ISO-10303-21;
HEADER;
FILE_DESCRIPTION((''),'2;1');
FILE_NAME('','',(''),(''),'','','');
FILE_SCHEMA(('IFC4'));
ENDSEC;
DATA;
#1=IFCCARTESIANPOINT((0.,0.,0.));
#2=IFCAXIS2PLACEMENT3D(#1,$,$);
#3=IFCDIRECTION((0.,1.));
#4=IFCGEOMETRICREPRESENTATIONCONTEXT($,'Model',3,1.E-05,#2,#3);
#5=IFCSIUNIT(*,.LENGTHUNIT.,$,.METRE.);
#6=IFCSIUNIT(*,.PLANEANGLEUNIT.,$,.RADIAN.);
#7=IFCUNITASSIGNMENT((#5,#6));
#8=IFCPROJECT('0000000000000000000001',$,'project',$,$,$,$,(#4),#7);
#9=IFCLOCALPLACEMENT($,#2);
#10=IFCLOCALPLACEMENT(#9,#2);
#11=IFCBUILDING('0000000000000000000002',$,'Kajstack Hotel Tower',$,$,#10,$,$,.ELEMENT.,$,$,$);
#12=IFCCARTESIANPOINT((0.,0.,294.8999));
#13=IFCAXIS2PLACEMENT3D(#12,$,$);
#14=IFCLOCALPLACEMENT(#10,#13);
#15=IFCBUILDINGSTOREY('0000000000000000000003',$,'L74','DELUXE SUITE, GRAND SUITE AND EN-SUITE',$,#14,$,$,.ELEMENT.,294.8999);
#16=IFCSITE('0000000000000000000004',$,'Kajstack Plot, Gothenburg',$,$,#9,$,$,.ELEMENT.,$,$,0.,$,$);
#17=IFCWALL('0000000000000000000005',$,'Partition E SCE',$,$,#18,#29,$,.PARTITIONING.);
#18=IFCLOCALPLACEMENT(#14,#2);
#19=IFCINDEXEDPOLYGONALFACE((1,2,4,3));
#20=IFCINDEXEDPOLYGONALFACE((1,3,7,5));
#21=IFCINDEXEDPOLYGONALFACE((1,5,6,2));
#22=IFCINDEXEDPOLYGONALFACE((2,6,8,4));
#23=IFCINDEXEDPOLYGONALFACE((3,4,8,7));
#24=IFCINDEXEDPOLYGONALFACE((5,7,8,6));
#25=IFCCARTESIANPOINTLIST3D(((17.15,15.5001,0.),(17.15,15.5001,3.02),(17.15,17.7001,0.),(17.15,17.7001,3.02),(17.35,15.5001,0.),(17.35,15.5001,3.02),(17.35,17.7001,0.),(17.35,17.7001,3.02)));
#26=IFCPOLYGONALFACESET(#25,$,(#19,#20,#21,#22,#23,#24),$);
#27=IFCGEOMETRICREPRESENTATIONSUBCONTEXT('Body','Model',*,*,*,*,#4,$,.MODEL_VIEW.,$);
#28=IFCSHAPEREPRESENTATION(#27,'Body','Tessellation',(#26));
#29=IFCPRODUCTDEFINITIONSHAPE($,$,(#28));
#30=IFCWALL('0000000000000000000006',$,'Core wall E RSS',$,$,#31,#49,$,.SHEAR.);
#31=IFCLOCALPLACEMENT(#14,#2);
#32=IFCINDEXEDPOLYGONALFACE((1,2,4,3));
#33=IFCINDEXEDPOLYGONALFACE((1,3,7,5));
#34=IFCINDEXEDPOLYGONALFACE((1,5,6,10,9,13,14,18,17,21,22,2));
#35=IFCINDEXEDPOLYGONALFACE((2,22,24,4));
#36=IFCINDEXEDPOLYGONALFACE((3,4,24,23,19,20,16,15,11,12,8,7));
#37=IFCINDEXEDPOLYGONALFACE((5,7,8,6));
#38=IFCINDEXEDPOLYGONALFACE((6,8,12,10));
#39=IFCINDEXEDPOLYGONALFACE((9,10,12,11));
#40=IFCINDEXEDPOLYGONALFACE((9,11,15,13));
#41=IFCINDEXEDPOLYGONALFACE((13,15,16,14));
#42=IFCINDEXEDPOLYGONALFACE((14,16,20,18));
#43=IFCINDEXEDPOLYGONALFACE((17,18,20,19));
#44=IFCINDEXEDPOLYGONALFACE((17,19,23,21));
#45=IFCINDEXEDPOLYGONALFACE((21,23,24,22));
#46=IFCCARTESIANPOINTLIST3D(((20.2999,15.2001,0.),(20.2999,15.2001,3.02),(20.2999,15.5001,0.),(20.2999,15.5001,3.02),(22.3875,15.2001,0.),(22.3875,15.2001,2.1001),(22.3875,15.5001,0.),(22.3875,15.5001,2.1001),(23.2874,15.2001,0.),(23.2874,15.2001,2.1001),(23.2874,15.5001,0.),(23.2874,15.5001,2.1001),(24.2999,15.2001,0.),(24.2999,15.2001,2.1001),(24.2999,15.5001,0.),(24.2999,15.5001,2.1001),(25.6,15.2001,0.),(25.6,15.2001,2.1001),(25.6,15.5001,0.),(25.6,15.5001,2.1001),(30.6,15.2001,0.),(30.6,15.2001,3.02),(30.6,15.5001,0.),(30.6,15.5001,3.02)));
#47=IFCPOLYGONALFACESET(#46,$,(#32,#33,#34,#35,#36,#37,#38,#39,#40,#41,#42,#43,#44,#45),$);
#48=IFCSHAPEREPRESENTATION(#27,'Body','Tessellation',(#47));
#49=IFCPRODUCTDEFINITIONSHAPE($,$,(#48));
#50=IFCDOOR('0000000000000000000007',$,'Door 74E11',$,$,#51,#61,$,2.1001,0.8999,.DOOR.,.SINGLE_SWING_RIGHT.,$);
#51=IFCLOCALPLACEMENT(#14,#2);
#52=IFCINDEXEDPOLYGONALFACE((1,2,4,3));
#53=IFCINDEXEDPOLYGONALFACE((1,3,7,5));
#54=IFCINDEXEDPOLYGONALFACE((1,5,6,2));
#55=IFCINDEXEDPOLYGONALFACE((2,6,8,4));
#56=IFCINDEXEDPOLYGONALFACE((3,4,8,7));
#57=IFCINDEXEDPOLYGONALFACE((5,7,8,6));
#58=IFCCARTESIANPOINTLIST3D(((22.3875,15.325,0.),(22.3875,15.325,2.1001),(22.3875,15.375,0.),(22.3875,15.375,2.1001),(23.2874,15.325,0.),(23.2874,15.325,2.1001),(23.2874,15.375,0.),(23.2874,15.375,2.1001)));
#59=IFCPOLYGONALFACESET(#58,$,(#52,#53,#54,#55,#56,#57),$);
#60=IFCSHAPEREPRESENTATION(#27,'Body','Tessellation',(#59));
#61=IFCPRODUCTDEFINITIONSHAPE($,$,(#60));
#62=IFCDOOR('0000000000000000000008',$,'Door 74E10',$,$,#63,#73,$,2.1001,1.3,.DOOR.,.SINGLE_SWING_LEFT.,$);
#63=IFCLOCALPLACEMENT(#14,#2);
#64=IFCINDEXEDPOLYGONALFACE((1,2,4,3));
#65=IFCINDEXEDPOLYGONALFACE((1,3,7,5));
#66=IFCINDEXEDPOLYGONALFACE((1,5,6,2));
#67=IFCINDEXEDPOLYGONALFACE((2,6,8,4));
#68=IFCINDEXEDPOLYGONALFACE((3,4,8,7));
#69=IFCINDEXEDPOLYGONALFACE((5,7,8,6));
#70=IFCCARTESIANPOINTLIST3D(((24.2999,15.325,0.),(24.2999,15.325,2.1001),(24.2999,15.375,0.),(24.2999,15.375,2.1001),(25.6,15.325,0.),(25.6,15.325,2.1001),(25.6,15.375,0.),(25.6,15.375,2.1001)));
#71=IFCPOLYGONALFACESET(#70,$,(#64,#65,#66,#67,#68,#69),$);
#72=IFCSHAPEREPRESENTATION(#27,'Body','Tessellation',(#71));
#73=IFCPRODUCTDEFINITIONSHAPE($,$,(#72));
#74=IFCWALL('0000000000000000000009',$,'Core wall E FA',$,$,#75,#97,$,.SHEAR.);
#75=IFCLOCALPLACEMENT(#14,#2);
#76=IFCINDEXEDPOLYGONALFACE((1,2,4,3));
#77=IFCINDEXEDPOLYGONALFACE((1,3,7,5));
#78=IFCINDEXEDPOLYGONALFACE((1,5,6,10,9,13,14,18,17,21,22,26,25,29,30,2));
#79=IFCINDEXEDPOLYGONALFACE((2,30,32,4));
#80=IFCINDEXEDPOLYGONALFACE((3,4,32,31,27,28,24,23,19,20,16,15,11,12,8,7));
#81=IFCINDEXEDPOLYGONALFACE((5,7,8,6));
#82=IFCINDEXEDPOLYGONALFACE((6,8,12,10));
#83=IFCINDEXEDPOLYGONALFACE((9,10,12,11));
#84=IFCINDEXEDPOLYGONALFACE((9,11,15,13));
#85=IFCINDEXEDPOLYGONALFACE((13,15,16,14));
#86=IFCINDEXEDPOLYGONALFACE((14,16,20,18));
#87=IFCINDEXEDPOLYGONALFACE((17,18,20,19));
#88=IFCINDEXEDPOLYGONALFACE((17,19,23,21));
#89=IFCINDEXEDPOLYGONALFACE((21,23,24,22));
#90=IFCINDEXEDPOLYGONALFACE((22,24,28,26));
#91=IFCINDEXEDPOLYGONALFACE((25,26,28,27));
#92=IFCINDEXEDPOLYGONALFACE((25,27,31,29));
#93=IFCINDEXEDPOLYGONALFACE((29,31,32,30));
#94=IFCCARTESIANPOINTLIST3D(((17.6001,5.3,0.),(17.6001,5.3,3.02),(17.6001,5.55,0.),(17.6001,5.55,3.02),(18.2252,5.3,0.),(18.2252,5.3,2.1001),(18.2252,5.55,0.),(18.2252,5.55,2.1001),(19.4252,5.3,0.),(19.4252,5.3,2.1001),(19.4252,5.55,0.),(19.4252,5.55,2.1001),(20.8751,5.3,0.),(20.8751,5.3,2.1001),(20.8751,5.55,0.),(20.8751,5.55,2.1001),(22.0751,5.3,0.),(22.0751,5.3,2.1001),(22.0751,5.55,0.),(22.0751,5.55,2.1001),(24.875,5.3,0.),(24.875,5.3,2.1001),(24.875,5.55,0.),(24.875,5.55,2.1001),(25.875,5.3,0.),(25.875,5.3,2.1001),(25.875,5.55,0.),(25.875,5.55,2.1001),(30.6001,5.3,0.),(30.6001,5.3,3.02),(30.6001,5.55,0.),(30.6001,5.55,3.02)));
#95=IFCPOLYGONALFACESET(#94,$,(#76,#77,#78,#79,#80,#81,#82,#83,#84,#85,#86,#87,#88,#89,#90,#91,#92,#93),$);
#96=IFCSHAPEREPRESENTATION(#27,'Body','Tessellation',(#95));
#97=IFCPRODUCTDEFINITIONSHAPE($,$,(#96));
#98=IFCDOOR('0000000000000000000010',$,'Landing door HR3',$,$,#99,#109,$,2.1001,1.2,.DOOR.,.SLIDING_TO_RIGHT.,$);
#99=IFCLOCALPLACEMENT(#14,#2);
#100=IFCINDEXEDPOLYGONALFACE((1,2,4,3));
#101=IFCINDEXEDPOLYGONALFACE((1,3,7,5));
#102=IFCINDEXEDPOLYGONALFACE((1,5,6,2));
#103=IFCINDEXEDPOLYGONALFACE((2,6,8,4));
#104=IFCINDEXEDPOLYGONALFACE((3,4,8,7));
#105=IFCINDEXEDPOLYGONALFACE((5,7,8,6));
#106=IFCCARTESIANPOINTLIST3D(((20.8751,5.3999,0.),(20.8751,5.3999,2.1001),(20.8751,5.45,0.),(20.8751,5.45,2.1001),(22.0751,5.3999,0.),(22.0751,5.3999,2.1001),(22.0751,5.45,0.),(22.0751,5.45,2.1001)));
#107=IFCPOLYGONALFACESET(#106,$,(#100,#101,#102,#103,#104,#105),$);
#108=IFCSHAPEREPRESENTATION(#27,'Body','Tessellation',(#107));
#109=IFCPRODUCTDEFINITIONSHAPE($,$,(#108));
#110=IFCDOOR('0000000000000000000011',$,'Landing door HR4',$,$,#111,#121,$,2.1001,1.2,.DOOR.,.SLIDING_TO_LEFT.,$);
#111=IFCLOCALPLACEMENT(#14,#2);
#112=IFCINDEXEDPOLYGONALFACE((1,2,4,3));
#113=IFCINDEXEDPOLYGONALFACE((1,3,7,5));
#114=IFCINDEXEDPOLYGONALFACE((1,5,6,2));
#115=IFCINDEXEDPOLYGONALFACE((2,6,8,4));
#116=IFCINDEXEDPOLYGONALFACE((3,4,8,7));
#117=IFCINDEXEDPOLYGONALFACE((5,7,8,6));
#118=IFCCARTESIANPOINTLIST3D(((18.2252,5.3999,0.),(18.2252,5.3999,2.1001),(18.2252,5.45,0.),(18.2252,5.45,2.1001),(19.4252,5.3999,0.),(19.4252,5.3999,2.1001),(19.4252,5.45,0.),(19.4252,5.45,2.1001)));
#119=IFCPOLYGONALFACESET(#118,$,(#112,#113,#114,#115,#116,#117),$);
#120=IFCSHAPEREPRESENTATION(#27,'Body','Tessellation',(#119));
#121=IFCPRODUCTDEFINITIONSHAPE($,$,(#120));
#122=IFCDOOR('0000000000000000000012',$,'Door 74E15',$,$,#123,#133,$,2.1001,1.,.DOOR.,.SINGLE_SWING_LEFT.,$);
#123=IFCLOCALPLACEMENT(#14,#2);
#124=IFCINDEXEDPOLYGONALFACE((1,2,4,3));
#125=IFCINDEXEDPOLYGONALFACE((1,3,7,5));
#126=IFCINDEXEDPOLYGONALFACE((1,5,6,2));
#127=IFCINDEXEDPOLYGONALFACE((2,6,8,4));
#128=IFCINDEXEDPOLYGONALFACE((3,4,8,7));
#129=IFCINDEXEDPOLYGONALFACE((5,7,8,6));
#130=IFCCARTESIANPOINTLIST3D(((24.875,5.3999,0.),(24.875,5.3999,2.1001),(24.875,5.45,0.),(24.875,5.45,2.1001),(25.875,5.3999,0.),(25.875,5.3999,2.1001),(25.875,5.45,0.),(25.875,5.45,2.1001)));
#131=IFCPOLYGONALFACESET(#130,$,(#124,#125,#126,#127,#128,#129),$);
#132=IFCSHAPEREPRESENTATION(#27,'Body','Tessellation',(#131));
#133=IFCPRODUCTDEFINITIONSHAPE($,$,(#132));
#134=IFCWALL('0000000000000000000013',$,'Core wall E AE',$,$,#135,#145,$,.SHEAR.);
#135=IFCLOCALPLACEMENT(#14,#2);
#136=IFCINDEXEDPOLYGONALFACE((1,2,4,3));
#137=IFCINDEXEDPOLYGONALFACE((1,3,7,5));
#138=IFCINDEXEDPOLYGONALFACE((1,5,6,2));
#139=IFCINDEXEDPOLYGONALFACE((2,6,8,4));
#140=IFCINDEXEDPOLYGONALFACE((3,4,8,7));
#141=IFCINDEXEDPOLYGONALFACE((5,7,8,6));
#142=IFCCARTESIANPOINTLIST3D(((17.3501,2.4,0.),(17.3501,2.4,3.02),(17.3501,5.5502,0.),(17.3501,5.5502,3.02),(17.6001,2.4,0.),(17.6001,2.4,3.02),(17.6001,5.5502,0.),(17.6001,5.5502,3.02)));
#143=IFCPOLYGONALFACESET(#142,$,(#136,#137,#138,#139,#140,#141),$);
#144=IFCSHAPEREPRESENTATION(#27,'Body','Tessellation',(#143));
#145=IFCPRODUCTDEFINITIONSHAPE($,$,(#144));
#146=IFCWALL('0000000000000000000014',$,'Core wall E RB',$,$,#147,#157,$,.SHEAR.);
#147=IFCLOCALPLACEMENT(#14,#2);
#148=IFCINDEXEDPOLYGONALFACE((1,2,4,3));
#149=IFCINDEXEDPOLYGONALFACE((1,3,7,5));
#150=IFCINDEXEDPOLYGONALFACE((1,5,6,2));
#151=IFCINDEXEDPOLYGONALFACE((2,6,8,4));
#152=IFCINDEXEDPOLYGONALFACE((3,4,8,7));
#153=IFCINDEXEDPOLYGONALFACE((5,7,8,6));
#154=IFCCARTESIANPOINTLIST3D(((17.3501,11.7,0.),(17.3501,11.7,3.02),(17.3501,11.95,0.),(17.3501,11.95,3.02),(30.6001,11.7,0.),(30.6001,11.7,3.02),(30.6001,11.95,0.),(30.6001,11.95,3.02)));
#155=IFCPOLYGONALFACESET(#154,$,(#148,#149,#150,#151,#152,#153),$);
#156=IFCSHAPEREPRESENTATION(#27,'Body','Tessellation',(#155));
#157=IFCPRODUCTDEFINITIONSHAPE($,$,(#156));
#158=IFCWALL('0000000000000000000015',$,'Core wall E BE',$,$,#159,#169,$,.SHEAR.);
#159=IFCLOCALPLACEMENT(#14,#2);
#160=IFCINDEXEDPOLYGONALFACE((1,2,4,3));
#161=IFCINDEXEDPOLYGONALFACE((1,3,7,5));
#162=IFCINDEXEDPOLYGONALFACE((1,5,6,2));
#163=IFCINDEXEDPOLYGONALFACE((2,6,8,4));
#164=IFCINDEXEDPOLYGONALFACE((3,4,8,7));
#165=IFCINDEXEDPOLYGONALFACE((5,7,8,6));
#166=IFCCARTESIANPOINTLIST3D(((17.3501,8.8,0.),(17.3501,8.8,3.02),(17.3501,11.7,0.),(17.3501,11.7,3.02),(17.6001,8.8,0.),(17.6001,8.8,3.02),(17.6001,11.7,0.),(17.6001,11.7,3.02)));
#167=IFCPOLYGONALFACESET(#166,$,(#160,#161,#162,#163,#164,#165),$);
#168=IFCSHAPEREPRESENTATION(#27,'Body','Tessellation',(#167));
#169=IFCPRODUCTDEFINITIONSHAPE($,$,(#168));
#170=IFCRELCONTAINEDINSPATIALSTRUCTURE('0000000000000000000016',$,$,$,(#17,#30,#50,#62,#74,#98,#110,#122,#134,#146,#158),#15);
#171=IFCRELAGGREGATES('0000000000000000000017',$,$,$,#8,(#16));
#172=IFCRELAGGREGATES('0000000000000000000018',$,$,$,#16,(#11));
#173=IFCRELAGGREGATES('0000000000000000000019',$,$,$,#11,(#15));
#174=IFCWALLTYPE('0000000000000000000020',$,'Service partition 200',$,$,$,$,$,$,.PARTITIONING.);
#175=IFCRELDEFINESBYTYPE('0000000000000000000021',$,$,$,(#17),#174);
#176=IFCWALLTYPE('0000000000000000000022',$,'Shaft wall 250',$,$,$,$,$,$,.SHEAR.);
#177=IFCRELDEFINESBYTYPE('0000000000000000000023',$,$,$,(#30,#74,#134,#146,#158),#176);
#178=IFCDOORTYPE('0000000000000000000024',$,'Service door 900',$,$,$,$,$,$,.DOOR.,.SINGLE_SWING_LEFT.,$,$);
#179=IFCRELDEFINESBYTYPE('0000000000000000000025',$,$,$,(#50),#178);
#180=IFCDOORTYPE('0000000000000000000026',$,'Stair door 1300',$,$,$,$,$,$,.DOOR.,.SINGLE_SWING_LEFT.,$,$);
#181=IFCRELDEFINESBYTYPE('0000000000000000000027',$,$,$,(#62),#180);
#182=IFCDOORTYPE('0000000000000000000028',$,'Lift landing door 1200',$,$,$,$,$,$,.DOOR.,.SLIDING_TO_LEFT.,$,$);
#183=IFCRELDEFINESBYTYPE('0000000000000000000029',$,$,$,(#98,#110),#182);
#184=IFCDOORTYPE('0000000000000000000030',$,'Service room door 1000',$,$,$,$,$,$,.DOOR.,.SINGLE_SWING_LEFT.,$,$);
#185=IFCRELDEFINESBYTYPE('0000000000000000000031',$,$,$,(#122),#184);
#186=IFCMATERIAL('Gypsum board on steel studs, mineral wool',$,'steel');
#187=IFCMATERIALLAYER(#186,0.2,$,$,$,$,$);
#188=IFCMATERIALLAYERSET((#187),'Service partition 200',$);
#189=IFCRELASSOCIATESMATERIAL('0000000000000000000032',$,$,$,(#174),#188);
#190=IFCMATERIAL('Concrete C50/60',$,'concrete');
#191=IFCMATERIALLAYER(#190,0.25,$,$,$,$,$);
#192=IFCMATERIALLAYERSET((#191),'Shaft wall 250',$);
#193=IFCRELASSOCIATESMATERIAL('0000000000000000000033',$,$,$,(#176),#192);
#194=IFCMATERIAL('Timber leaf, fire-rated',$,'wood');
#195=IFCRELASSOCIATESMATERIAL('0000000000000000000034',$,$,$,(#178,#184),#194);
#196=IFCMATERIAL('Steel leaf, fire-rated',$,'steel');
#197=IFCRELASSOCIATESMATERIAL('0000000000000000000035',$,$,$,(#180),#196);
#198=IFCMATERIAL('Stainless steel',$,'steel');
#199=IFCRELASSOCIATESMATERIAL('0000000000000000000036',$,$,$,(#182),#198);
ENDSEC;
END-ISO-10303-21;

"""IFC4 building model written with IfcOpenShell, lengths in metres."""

from ifc_helpers import new_model, si_unit, direction, frame, frame_2d, origin, place, context, subcontext, project, spatial, rectangle, extrude, material, layer, layer_set, type_object, element, fill, save


model = new_model("IFC4")

# Units and contexts
model_context = context("Model", 3, precision=1e-05, world=origin(), true_north=direction((0.0, 1.0)))
body_context = subcontext(model_context, "Body", "Model", "MODEL_VIEW")
ifc_project = project(units=[si_unit("LENGTHUNIT", "METRE"), si_unit("PLANEANGLEUNIT", "RADIAN")], contexts=[model_context])

# Site, building, storey
site_placement = place(None, origin())
site = spatial("IfcSite", under=ifc_project, at=site_placement, Name="Kajstack Plot, Gothenburg", CompositionType="ELEMENT", RefElevation=0.0)
building_placement = place(site_placement, origin())
building = spatial("IfcBuilding", under=site, at=building_placement, Name="Kajstack Hotel Tower", CompositionType="ELEMENT")
storey_placement = place(building_placement, frame((0.0, 0.0, 294.8999)))
storey = spatial("IfcBuildingStorey", under=building, at=storey_placement, Name="L74", Description="DELUXE SUITE, GRAND SUITE AND EN-SUITE", CompositionType="ELEMENT", Elevation=294.8999)

# Wall
ifc_material_1 = material(Name="Gypsum board on steel studs, mineral wool", Category="steel")
ifc_layer_1 = layer(ifc_material_1, 0.2)
ifc_layer_set_1 = layer_set([ifc_layer_1], Name="Service partition 200")
wall_type_1 = type_object("IfcWallType", Name="Service partition 200", PredefinedType="PARTITIONING", material=ifc_layer_set_1)
wall_1_placement = place(storey_placement, frame((17.25, 15.5, 0.0), z_axis=(0.0, 0.0, 1.0), x_axis=(0.0, 1.0, 0.0)))
element("IfcWall", 1, at=wall_1_placement, inside=storey, type_object=wall_type_1, Name="Partition E SCE", PredefinedType="PARTITIONING", context=body_context, shape_type="SweptSolid", body=[
    extrude(rectangle(XDim=2.2, YDim=0.2, at=frame_2d((1.1001, 0.0))), origin(), (0.0, 0.0, 1.0), 3.02),
])

# Walls, openings, doors
ifc_material_2 = material(Name="Concrete C50/60", Category="concrete")
ifc_layer_2 = layer(ifc_material_2, 0.25)
ifc_layer_set_2 = layer_set([ifc_layer_2], Name="Shaft wall 250")
wall_type_2 = type_object("IfcWallType", Name="Shaft wall 250", PredefinedType="SHEAR", material=ifc_layer_set_2)
wall_2_placement = place(storey_placement, frame((20.3, 15.3501, 0.0), z_axis=(0.0, 0.0, 1.0), x_axis=(1.0, 0.0, 0.0)))
wall_2 = element("IfcWall", 2, at=wall_2_placement, inside=storey, type_object=wall_type_2, Name="Core wall E RSS", PredefinedType="SHEAR", context=body_context, shape_type="SweptSolid", body=[
    extrude(rectangle(XDim=10.3, YDim=0.3, at=frame_2d((5.1499, 0.0))), origin(), (0.0, 0.0, 1.0), 3.02),
])
opening_1_placement = place(wall_2_placement, frame((4.0, 0.0, 0.0)))
opening_1 = element("IfcOpeningElement", 3, at=opening_1_placement, cuts=wall_2, PredefinedType="OPENING", context=body_context, shape_type="SweptSolid", body=[
    extrude(rectangle(XDim=1.3, YDim=2.1001, at=frame_2d((0.6499, 1.05))), frame((0.0, 0.1599, 0.0), z_axis=(0.0, -1.0, 0.0), x_axis=(1.0, 0.0, 0.0)), (0.0, 0.0, 1.0), 0.3201),
])
opening_2_placement = place(wall_2_placement, frame((2.0874, 0.0, 0.0)))
opening_2 = element("IfcOpeningElement", 4, at=opening_2_placement, cuts=wall_2, PredefinedType="OPENING", context=body_context, shape_type="SweptSolid", body=[
    extrude(rectangle(XDim=0.8999, YDim=2.1001, at=frame_2d((0.45, 1.05))), frame((0.0, 0.1599, 0.0), z_axis=(0.0, -1.0, 0.0), x_axis=(1.0, 0.0, 0.0)), (0.0, 0.0, 1.0), 0.3201),
])
ifc_material_3 = material(Name="Timber leaf, fire-rated", Category="wood")
door_type_1 = type_object("IfcDoorType", Name="Service door 900", OperationType="SINGLE_SWING_LEFT", PredefinedType="DOOR", material=ifc_material_3)
door_1_placement = place(opening_2_placement, origin())
door_1 = element("IfcDoor", 5, at=door_1_placement, inside=storey, type_object=door_type_1, Name="Door 74E11", OperationType="SINGLE_SWING_RIGHT", OverallHeight=2.1001, OverallWidth=0.8999, PredefinedType="DOOR", context=body_context, shape_type="SweptSolid", body=[
    extrude(rectangle(XDim=0.8999, YDim=2.1001, at=frame_2d((0.45, 1.05))), frame((0.0, 0.0249, 0.0), z_axis=(0.0, -1.0, 0.0), x_axis=(1.0, 0.0, 0.0)), (0.0, 0.0, 1.0), 0.05),
])
fill(opening_2, door_1)
ifc_material_4 = material(Name="Steel leaf, fire-rated", Category="steel")
door_type_2 = type_object("IfcDoorType", Name="Stair door 1300", OperationType="SINGLE_SWING_LEFT", PredefinedType="DOOR", material=ifc_material_4)
door_2_placement = place(opening_1_placement, origin())
door_2 = element("IfcDoor", 6, at=door_2_placement, inside=storey, type_object=door_type_2, Name="Door 74E10", OperationType="SINGLE_SWING_LEFT", OverallHeight=2.1001, OverallWidth=1.3, PredefinedType="DOOR", context=body_context, shape_type="SweptSolid", body=[
    extrude(rectangle(XDim=1.3, YDim=2.1001, at=frame_2d((0.6499, 1.05))), frame((0.0, 0.0249, 0.0), z_axis=(0.0, -1.0, 0.0), x_axis=(1.0, 0.0, 0.0)), (0.0, 0.0, 1.0), 0.05),
])
fill(opening_1, door_2)
wall_3_placement = place(storey_placement, frame((17.6001, 5.425, 0.0), z_axis=(0.0, 0.0, 1.0), x_axis=(1.0, 0.0, 0.0)))
wall_3 = element("IfcWall", 7, at=wall_3_placement, inside=storey, type_object=wall_type_2, Name="Core wall E FA", PredefinedType="SHEAR", context=body_context, shape_type="SweptSolid", body=[
    extrude(rectangle(XDim=13.0, YDim=0.25, at=frame_2d((6.5, 0.0))), origin(), (0.0, 0.0, 1.0), 3.02),
])
opening_3_placement = place(wall_3_placement, frame((3.2749, 0.0, 0.0)))
opening_3 = element("IfcOpeningElement", 8, at=opening_3_placement, cuts=wall_3, PredefinedType="OPENING", context=body_context, shape_type="SweptSolid", body=[
    extrude(rectangle(XDim=1.2, YDim=2.1001, at=frame_2d((0.6001, 1.05))), frame((0.0, 0.135, 0.0), z_axis=(0.0, -1.0, 0.0), x_axis=(1.0, 0.0, 0.0)), (0.0, 0.0, 1.0), 0.27),
])
opening_4_placement = place(wall_3_placement, frame((0.625, 0.0, 0.0)))
opening_4 = element("IfcOpeningElement", 9, at=opening_4_placement, cuts=wall_3, PredefinedType="OPENING", context=body_context, shape_type="SweptSolid", body=[
    extrude(rectangle(XDim=1.2, YDim=2.1001, at=frame_2d((0.6001, 1.05))), frame((0.0, 0.135, 0.0), z_axis=(0.0, -1.0, 0.0), x_axis=(1.0, 0.0, 0.0)), (0.0, 0.0, 1.0), 0.27),
])
opening_5_placement = place(wall_3_placement, frame((7.2749, 0.0, 0.0)))
opening_5 = element("IfcOpeningElement", 10, at=opening_5_placement, cuts=wall_3, PredefinedType="OPENING", context=body_context, shape_type="SweptSolid", body=[
    extrude(rectangle(XDim=1.0, YDim=2.1001, at=frame_2d((0.5, 1.05))), frame((0.0, 0.135, 0.0), z_axis=(0.0, -1.0, 0.0), x_axis=(1.0, 0.0, 0.0)), (0.0, 0.0, 1.0), 0.27),
])
ifc_material_5 = material(Name="Stainless steel", Category="steel")
door_type_3 = type_object("IfcDoorType", Name="Lift landing door 1200", OperationType="SLIDING_TO_LEFT", PredefinedType="DOOR", material=ifc_material_5)
door_3_placement = place(opening_3_placement, origin())
door_3 = element("IfcDoor", 11, at=door_3_placement, inside=storey, type_object=door_type_3, Name="Landing door HR3", OperationType="SLIDING_TO_RIGHT", OverallHeight=2.1001, OverallWidth=1.2, PredefinedType="DOOR", context=body_context, shape_type="SweptSolid", body=[
    extrude(rectangle(XDim=1.2, YDim=2.1001, at=frame_2d((0.6001, 1.05))), frame((0.0, 0.0249, 0.0), z_axis=(0.0, -1.0, 0.0), x_axis=(1.0, 0.0, 0.0)), (0.0, 0.0, 1.0), 0.05),
])
fill(opening_3, door_3)
door_4_placement = place(opening_4_placement, origin())
door_4 = element("IfcDoor", 12, at=door_4_placement, inside=storey, type_object=door_type_3, Name="Landing door HR4", OperationType="SLIDING_TO_LEFT", OverallHeight=2.1001, OverallWidth=1.2, PredefinedType="DOOR", context=body_context, shape_type="SweptSolid", body=[
    extrude(rectangle(XDim=1.2, YDim=2.1001, at=frame_2d((0.6001, 1.05))), frame((0.0, 0.0249, 0.0), z_axis=(0.0, -1.0, 0.0), x_axis=(1.0, 0.0, 0.0)), (0.0, 0.0, 1.0), 0.05),
])
fill(opening_4, door_4)
door_type_4 = type_object("IfcDoorType", Name="Service room door 1000", OperationType="SINGLE_SWING_LEFT", PredefinedType="DOOR", material=ifc_material_3)
door_5_placement = place(opening_5_placement, origin())
door_5 = element("IfcDoor", 13, at=door_5_placement, inside=storey, type_object=door_type_4, Name="Door 74E15", OperationType="SINGLE_SWING_LEFT", OverallHeight=2.1001, OverallWidth=1.0, PredefinedType="DOOR", context=body_context, shape_type="SweptSolid", body=[
    extrude(rectangle(XDim=1.0, YDim=2.1001, at=frame_2d((0.5, 1.05))), frame((0.0, 0.0249, 0.0), z_axis=(0.0, -1.0, 0.0), x_axis=(1.0, 0.0, 0.0)), (0.0, 0.0, 1.0), 0.05),
])
fill(opening_5, door_5)

# Walls
wall_4_placement = place(storey_placement, frame((17.4751, 2.3999, 0.0), z_axis=(0.0, 0.0, 1.0), x_axis=(0.0, 1.0, 0.0)))
element("IfcWall", 14, at=wall_4_placement, inside=storey, type_object=wall_type_2, Name="Core wall E AE", PredefinedType="SHEAR", context=body_context, shape_type="SweptSolid", body=[
    extrude(rectangle(XDim=3.1501, YDim=0.25, at=frame_2d((1.5752, 0.0))), origin(), (0.0, 0.0, 1.0), 3.02),
])
wall_5_placement = place(storey_placement, frame((17.3501, 11.825, 0.0), z_axis=(0.0, 0.0, 1.0), x_axis=(1.0, 0.0, 0.0)))
element("IfcWall", 15, at=wall_5_placement, inside=storey, type_object=wall_type_2, Name="Core wall E RB", PredefinedType="SHEAR", context=body_context, shape_type="SweptSolid", body=[
    extrude(rectangle(XDim=13.25, YDim=0.25, at=frame_2d((6.625, 0.0))), origin(), (0.0, 0.0, 1.0), 3.02),
])
wall_6_placement = place(storey_placement, frame((17.4751, 8.8, 0.0), z_axis=(0.0, 0.0, 1.0), x_axis=(0.0, 1.0, 0.0)))
element("IfcWall", 16, at=wall_6_placement, inside=storey, type_object=wall_type_2, Name="Core wall E BE", PredefinedType="SHEAR", context=body_context, shape_type="SweptSolid", body=[
    extrude(rectangle(XDim=2.8999, YDim=0.25, at=frame_2d((1.45, 0.0))), origin(), (0.0, 0.0, 1.0), 3.02),
])

save(model, "model.ifc")
